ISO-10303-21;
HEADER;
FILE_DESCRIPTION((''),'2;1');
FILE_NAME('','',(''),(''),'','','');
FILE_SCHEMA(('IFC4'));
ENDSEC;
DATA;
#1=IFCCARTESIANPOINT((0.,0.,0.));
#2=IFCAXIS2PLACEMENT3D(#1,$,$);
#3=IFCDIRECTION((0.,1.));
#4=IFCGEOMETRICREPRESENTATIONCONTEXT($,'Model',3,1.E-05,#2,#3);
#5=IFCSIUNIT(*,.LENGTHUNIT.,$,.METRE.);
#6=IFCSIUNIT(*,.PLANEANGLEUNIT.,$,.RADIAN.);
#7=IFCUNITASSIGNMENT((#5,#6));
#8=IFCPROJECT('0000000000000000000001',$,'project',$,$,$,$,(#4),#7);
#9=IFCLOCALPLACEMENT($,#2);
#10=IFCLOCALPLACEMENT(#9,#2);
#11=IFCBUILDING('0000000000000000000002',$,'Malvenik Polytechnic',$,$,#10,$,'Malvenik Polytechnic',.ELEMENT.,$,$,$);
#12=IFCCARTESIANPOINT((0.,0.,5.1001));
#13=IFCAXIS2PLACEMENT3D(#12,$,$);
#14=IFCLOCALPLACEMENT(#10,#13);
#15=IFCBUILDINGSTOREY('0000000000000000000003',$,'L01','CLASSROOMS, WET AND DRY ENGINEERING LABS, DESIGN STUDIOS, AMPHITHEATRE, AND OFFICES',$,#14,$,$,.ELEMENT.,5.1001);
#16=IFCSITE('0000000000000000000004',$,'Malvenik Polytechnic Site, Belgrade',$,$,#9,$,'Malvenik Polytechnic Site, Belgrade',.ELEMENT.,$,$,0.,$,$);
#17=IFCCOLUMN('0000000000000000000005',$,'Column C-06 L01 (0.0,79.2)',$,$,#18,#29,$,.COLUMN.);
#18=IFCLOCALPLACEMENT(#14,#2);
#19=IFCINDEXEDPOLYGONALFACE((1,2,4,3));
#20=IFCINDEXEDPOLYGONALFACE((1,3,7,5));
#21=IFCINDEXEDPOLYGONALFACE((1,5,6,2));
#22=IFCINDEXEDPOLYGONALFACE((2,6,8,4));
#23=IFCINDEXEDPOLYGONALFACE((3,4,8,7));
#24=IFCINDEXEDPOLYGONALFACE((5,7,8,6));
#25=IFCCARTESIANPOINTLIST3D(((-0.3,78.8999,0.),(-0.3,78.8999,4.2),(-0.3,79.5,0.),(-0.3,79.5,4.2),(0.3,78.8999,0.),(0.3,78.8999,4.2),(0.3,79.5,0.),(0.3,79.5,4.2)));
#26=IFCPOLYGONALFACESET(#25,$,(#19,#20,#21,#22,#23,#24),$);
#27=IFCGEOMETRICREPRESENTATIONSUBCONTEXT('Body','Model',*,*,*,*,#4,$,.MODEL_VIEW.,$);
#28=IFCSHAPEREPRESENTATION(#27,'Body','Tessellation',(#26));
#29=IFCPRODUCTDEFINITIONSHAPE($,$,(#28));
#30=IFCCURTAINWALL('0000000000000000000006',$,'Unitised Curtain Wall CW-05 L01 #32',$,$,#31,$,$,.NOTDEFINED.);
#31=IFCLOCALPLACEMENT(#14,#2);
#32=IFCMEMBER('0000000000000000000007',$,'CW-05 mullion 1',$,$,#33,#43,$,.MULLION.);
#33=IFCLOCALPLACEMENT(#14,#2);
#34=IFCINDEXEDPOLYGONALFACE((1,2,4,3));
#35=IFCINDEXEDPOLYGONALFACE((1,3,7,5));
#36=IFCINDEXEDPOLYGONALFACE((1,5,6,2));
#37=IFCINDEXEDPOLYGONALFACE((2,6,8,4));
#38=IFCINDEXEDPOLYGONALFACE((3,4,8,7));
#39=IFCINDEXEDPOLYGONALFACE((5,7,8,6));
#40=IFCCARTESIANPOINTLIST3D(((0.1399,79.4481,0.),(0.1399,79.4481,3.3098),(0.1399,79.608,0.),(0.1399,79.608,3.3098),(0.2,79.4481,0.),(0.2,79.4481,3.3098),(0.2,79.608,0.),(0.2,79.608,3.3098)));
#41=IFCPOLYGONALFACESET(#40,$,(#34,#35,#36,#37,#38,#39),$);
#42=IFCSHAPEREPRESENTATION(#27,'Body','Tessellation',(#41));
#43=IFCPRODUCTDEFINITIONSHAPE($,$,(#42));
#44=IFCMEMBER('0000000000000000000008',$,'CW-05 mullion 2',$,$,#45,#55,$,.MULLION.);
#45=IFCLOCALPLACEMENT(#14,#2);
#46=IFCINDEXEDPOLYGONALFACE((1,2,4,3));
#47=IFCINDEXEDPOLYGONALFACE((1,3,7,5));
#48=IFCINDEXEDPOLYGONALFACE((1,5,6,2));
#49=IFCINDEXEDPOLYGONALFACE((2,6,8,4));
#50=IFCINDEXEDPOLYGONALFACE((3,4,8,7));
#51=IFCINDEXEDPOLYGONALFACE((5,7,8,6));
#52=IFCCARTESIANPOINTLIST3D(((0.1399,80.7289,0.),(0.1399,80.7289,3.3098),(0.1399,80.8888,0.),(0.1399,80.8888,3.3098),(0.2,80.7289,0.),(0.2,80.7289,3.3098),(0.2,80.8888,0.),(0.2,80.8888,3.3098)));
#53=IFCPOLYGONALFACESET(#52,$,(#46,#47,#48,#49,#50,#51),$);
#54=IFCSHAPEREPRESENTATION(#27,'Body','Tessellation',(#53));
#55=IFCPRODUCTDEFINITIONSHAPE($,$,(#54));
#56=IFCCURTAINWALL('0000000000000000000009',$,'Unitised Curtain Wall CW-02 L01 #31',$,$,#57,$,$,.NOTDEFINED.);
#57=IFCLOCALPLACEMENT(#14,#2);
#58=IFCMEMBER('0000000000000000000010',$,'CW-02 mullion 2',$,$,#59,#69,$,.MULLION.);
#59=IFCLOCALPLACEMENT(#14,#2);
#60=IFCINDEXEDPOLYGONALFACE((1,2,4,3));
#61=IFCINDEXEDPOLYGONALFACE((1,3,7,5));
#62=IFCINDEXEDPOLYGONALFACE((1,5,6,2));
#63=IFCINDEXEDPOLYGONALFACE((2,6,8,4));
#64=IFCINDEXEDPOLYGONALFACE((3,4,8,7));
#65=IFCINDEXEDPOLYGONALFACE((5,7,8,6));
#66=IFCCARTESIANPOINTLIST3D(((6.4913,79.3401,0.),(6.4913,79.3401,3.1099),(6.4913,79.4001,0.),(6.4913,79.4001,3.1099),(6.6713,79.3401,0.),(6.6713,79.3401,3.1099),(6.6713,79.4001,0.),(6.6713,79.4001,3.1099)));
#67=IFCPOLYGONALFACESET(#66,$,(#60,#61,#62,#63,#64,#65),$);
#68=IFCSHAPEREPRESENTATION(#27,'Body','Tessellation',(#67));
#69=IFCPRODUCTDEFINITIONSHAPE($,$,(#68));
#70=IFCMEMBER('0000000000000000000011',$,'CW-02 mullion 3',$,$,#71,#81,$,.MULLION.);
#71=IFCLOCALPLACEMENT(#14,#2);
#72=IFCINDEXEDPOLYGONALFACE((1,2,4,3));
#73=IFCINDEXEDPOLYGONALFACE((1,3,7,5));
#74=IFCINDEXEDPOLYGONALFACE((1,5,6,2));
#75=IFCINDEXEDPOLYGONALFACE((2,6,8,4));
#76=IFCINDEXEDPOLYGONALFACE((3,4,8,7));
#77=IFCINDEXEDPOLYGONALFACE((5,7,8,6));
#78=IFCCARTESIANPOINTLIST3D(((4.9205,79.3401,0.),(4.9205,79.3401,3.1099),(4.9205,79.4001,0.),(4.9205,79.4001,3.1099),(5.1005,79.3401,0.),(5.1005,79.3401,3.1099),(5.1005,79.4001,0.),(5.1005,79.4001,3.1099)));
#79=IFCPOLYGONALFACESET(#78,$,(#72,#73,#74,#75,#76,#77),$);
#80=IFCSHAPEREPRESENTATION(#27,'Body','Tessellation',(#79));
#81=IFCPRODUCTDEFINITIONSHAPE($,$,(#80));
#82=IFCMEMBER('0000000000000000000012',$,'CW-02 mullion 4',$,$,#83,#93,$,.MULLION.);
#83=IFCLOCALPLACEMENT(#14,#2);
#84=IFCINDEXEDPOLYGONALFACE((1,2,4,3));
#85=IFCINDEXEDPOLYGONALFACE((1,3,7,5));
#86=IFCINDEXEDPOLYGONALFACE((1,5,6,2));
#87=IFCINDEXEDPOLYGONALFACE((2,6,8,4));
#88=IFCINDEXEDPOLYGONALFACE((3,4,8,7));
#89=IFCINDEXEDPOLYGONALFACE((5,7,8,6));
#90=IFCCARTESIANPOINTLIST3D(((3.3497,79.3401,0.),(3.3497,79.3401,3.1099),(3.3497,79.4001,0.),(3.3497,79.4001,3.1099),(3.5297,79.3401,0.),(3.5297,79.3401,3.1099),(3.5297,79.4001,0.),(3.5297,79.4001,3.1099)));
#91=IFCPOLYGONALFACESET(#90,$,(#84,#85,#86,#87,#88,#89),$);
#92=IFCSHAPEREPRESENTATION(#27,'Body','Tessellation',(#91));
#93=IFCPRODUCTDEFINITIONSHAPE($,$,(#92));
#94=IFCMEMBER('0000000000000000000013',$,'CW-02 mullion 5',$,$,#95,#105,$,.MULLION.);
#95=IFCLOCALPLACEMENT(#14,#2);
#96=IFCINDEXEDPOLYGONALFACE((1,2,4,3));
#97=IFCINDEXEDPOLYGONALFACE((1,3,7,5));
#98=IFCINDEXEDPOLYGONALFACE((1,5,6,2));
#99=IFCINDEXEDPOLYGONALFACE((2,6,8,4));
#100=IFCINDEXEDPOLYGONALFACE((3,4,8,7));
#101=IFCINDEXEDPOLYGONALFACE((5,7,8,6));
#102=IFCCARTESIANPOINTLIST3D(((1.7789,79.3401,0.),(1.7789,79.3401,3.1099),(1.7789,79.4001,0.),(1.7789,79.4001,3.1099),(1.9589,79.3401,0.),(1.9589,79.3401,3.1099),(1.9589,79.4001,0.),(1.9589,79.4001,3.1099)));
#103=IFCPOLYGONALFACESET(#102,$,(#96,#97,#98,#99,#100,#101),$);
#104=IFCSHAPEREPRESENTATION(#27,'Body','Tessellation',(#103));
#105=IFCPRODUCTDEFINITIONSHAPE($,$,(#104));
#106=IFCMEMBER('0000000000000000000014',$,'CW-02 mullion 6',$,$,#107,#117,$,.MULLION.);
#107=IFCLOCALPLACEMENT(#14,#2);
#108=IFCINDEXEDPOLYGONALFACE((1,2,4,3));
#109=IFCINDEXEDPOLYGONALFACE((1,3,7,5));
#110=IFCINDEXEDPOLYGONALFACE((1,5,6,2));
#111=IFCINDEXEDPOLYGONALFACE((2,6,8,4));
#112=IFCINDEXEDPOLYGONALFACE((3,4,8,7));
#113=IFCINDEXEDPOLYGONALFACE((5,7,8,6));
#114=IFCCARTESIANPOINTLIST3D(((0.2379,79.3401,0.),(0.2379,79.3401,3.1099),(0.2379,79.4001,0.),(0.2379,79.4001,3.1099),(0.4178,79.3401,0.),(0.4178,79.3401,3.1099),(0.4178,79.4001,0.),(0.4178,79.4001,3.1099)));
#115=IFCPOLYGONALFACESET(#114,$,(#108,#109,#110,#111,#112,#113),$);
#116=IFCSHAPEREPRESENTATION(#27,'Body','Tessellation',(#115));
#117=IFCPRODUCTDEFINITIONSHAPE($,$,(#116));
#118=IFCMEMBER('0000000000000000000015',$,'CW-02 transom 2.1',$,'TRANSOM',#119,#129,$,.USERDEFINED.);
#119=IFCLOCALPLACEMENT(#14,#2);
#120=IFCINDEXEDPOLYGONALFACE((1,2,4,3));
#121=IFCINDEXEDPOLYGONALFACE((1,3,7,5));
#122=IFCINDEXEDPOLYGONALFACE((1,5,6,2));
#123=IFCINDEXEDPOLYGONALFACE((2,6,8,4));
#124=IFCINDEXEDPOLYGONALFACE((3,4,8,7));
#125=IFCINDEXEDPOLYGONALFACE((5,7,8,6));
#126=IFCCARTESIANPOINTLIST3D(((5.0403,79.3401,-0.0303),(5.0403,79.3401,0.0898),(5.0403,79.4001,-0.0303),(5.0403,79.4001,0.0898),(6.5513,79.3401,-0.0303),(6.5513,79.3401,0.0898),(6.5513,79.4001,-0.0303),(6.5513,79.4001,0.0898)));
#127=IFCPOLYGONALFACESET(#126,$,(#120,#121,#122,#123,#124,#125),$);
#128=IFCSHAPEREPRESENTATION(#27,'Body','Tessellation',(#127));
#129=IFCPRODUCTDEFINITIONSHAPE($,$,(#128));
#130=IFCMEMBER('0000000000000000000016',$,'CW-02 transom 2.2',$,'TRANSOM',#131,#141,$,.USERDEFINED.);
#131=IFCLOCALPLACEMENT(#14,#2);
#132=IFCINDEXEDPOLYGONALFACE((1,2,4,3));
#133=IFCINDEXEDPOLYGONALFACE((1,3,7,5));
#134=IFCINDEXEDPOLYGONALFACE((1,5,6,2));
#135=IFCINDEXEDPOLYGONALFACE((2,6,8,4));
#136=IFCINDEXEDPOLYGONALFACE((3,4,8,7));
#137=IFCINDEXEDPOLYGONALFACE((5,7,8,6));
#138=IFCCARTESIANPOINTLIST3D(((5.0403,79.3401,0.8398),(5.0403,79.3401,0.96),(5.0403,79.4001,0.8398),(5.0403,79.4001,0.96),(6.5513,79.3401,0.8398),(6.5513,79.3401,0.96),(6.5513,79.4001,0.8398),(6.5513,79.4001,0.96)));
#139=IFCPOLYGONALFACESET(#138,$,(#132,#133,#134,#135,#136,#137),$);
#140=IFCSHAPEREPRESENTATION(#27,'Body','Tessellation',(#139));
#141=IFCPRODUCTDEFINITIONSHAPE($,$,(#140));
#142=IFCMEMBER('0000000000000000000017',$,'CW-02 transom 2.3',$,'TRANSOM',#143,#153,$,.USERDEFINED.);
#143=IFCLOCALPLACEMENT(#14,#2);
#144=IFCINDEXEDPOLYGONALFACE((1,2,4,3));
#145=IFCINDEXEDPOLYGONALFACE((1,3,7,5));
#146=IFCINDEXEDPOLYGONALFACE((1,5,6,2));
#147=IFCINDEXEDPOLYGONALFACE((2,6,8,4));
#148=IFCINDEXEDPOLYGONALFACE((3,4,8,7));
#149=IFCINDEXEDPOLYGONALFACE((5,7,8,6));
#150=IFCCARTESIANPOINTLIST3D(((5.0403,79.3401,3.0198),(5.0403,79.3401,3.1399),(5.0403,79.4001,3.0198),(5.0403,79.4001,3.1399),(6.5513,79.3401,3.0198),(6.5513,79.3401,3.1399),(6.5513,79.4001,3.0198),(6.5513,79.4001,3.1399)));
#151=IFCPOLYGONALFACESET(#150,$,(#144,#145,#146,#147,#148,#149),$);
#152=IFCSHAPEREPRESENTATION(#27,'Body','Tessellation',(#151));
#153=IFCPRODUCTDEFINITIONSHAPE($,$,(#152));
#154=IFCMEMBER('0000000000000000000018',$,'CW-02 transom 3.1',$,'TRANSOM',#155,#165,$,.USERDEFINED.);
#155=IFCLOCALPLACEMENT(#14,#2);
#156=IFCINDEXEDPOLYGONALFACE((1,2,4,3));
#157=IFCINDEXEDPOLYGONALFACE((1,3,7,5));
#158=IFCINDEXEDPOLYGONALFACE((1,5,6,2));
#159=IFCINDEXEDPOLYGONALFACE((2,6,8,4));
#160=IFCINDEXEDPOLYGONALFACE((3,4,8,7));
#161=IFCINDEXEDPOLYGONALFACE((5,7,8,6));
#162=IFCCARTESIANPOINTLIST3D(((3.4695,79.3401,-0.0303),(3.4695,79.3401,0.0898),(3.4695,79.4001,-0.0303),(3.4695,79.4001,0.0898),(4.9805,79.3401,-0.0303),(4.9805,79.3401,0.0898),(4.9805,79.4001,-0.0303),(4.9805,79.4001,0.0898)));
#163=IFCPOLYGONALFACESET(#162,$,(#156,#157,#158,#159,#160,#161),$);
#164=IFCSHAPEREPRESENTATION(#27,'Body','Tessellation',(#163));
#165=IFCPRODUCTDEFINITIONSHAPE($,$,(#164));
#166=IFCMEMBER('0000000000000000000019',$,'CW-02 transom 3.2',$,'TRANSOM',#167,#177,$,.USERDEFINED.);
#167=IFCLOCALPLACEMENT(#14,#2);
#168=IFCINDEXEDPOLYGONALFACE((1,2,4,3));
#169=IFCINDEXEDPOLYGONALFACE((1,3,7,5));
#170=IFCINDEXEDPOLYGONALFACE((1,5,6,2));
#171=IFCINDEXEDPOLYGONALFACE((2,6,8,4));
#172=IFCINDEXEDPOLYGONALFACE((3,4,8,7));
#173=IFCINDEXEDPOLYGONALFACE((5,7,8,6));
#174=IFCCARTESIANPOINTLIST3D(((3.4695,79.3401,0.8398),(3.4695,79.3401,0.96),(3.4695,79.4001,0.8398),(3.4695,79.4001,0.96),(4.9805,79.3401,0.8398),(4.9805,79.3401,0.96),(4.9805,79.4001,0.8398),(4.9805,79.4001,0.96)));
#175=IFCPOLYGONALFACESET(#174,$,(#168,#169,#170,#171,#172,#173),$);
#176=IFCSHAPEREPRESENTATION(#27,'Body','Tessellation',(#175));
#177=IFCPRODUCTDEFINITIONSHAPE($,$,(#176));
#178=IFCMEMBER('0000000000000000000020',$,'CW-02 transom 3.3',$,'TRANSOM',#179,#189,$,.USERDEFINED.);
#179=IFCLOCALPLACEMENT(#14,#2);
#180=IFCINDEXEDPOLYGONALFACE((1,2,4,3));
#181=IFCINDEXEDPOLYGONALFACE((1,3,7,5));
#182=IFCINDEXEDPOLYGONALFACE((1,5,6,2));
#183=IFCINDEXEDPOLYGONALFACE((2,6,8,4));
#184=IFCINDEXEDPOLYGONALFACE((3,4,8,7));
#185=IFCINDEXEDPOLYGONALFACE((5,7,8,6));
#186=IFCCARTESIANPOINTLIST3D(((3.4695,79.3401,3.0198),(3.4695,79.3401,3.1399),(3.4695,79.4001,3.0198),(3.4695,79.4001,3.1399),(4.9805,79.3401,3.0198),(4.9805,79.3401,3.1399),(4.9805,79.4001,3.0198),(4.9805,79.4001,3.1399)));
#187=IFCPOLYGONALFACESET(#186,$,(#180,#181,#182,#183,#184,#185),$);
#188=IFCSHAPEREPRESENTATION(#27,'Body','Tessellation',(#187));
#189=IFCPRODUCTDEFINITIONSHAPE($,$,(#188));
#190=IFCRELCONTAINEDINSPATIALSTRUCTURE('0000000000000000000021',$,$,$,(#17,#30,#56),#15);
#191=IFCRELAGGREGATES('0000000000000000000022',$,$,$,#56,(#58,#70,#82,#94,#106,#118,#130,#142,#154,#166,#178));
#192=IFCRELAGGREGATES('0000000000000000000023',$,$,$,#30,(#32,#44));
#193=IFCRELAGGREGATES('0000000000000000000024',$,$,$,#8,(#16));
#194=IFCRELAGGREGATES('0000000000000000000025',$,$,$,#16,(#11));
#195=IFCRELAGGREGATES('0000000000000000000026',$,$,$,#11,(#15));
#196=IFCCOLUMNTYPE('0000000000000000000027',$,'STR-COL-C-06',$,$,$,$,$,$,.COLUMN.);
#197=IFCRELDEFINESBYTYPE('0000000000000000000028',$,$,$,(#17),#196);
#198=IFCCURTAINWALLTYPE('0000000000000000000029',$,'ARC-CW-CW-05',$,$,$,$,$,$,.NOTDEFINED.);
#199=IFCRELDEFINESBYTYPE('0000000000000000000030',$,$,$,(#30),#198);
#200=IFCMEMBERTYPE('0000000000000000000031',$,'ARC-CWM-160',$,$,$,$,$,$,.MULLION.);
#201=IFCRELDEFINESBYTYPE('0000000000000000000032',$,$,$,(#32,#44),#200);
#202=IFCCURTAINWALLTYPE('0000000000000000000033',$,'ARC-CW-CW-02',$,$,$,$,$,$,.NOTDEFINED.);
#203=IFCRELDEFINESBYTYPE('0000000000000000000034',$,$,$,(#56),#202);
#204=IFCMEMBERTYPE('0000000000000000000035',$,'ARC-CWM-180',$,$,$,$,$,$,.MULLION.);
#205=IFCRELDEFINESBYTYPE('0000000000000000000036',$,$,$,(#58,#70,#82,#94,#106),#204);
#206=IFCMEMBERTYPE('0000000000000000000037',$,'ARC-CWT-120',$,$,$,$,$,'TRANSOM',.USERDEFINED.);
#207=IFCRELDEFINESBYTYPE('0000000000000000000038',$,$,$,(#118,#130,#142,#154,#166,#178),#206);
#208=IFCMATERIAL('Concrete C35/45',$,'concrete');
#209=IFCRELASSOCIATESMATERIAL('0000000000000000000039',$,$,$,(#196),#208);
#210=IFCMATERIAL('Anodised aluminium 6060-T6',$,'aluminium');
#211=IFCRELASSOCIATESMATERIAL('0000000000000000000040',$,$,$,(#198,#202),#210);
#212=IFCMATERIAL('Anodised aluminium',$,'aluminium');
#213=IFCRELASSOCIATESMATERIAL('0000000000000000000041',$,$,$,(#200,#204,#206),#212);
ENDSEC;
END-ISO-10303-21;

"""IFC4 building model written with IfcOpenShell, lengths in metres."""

from ifc_helpers import new_model, si_unit, direction, frame, origin, origin_2d, place, context, subcontext, project, spatial, rectangle, extrude, material, material_profile, profile_set, type_object, element, aggregate, save


model = new_model("IFC4")

# Units and contexts
model_context = context("Model", 3, precision=1e-05, world=origin(), true_north=direction((0.0, 1.0)))
body_context = subcontext(model_context, "Body", "Model", "MODEL_VIEW")
ifc_project = project(units=[si_unit("LENGTHUNIT", "METRE"), si_unit("PLANEANGLEUNIT", "RADIAN")], contexts=[model_context])

# Site, building, storey
site_placement = place(None, origin())
site = spatial("IfcSite", under=ifc_project, at=site_placement, Name="Malvenik Polytechnic Site, Belgrade", LongName="Malvenik Polytechnic Site, Belgrade", CompositionType="ELEMENT", RefElevation=0.0)
building_placement = place(site_placement, origin())
building = spatial("IfcBuilding", under=site, at=building_placement, Name="Malvenik Polytechnic", LongName="Malvenik Polytechnic", CompositionType="ELEMENT")
storey_placement = place(building_placement, frame((0.0, 0.0, 5.1001)))
storey = spatial("IfcBuildingStorey", under=building, at=storey_placement, Name="L01", Description="CLASSROOMS, WET AND DRY ENGINEERING LABS, DESIGN STUDIOS, AMPHITHEATRE, AND OFFICES", CompositionType="ELEMENT", Elevation=5.1001)

# Column
ifc_material_1 = material(Name="Concrete C35/45", Category="concrete")
ifc_material_profile_1 = material_profile(ifc_material_1, rectangle(XDim=0.6001, YDim=0.6001, at=origin_2d()), Name="RC COL 600x600")
ifc_profile_set_1 = profile_set([ifc_material_profile_1], Name="Concrete C35/45")
column_type = type_object("IfcColumnType", Name="STR-COL-C-06", PredefinedType="COLUMN", material=ifc_profile_set_1)
column_placement = place(storey_placement, frame((0.0, 79.2, 0.0), z_axis=(0.0, 0.0, 1.0), x_axis=(1.0, 0.0, 0.0)))
element("IfcColumn", 1, at=column_placement, inside=storey, type_object=column_type, Name="Column C-06 L01 (0.0,79.2)", PredefinedType="COLUMN", context=body_context, shape_type="SweptSolid", body=[
    extrude(rectangle(XDim=0.6001, YDim=0.6001, at=origin_2d()), origin(), (0.0, 0.0, 1.0), 4.2),
])

# Curtain walls, members
ifc_material_2 = material(Name="Anodised aluminium 6060-T6", Category="aluminium")
curtain_wall_type_1 = type_object("IfcCurtainWallType", Name="ARC-CW-CW-05", PredefinedType="NOTDEFINED", material=ifc_material_2)
curtain_wall_1_placement = place(storey_placement, origin())
curtain_wall_1 = element("IfcCurtainWall", 2, at=curtain_wall_1_placement, inside=storey, type_object=curtain_wall_type_1, Name="Unitised Curtain Wall CW-05 L01 #32", PredefinedType="NOTDEFINED")
ifc_material_3 = material(Name="Anodised aluminium", Category="aluminium")
ifc_material_profile_2 = material_profile(ifc_material_3, rectangle(XDim=0.0601, YDim=0.1599, at=origin_2d()), Name="ALU MULLION 60x160")
ifc_profile_set_2 = profile_set([ifc_material_profile_2], Name="Anodised aluminium")
member_type_1 = type_object("IfcMemberType", Name="ARC-CWM-160", PredefinedType="MULLION", material=ifc_profile_set_2)
member_1_placement = place(storey_placement, frame((0.1699, 79.5281, 0.0), z_axis=(0.0, 0.0, 1.0), x_axis=(-1.0, 0.0, 0.0)))
member_1 = element("IfcMember", 3, at=member_1_placement, type_object=member_type_1, Name="CW-05 mullion 1", PredefinedType="MULLION", context=body_context, shape_type="SweptSolid", body=[
    extrude(rectangle(XDim=0.0601, YDim=0.1599, at=origin_2d()), origin(), (0.0, 0.0, 1.0), 3.3098),
])
member_2_placement = place(storey_placement, frame((0.1699, 80.8088, 0.0), z_axis=(0.0, 0.0, 1.0), x_axis=(-1.0, 0.0, 0.0)))
member_2 = element("IfcMember", 4, at=member_2_placement, type_object=member_type_1, Name="CW-05 mullion 2", PredefinedType="MULLION", context=body_context, shape_type="SweptSolid", body=[
    extrude(rectangle(XDim=0.0601, YDim=0.1599, at=origin_2d()), origin(), (0.0, 0.0, 1.0), 3.3098),
])
curtain_wall_type_2 = type_object("IfcCurtainWallType", Name="ARC-CW-CW-02", PredefinedType="NOTDEFINED", material=ifc_material_2)
curtain_wall_2_placement = place(storey_placement, origin())
curtain_wall_2 = element("IfcCurtainWall", 5, at=curtain_wall_2_placement, inside=storey, type_object=curtain_wall_type_2, Name="Unitised Curtain Wall CW-02 L01 #31", PredefinedType="NOTDEFINED")
ifc_material_profile_3 = material_profile(ifc_material_3, rectangle(XDim=0.0601, YDim=0.1799, at=origin_2d()), Name="ALU MULLION 60x180")
ifc_profile_set_3 = profile_set([ifc_material_profile_3], Name="Anodised aluminium")
member_type_2 = type_object("IfcMemberType", Name="ARC-CWM-180", PredefinedType="MULLION", material=ifc_profile_set_3)
member_3_placement = place(storey_placement, frame((6.5813, 79.3701, 0.0), z_axis=(0.0, 0.0, 1.0), x_axis=(0.0, -1.0, 0.0)))
member_3 = element("IfcMember", 6, at=member_3_placement, type_object=member_type_2, Name="CW-02 mullion 2", PredefinedType="MULLION", context=body_context, shape_type="SweptSolid", body=[
    extrude(rectangle(XDim=0.0601, YDim=0.1799, at=origin_2d()), origin(), (0.0, 0.0, 1.0), 3.1099),
])
member_4_placement = place(storey_placement, frame((5.0105, 79.3701, 0.0), z_axis=(0.0, 0.0, 1.0), x_axis=(0.0, -1.0, 0.0)))
member_4 = element("IfcMember", 7, at=member_4_placement, type_object=member_type_2, Name="CW-02 mullion 3", PredefinedType="MULLION", context=body_context, shape_type="SweptSolid", body=[
    extrude(rectangle(XDim=0.0601, YDim=0.1799, at=origin_2d()), origin(), (0.0, 0.0, 1.0), 3.1099),
])
member_5_placement = place(storey_placement, frame((3.4397, 79.3701, 0.0), z_axis=(0.0, 0.0, 1.0), x_axis=(0.0, -1.0, 0.0)))
member_5 = element("IfcMember", 8, at=member_5_placement, type_object=member_type_2, Name="CW-02 mullion 4", PredefinedType="MULLION", context=body_context, shape_type="SweptSolid", body=[
    extrude(rectangle(XDim=0.0601, YDim=0.1799, at=origin_2d()), origin(), (0.0, 0.0, 1.0), 3.1099),
])
member_6_placement = place(storey_placement, frame((1.8689, 79.3701, 0.0), z_axis=(0.0, 0.0, 1.0), x_axis=(0.0, -1.0, 0.0)))
member_6 = element("IfcMember", 9, at=member_6_placement, type_object=member_type_2, Name="CW-02 mullion 5", PredefinedType="MULLION", context=body_context, shape_type="SweptSolid", body=[
    extrude(rectangle(XDim=0.0601, YDim=0.1799, at=origin_2d()), origin(), (0.0, 0.0, 1.0), 3.1099),
])
member_7_placement = place(storey_placement, frame((0.3279, 79.3701, 0.0), z_axis=(0.0, 0.0, 1.0), x_axis=(0.0, -1.0, 0.0)))
member_7 = element("IfcMember", 10, at=member_7_placement, type_object=member_type_2, Name="CW-02 mullion 6", PredefinedType="MULLION", context=body_context, shape_type="SweptSolid", body=[
    extrude(rectangle(XDim=0.0601, YDim=0.1799, at=origin_2d()), origin(), (0.0, 0.0, 1.0), 3.1099),
])
ifc_material_profile_4 = material_profile(ifc_material_3, rectangle(XDim=0.0601, YDim=0.1201, at=origin_2d()), Name="ALU TRANSOM 60x120")
ifc_profile_set_4 = profile_set([ifc_material_profile_4], Name="Anodised aluminium")
member_type_3 = type_object("IfcMemberType", Name="ARC-CWT-120", ElementType="TRANSOM", PredefinedType="USERDEFINED", material=ifc_profile_set_4)
member_8_placement = place(storey_placement, frame((6.5513, 79.3701, 0.0298), z_axis=(-1.0, 0.0, 0.0), x_axis=(0.0, -1.0, 0.0)))
member_8 = element("IfcMember", 11, at=member_8_placement, type_object=member_type_3, Name="CW-02 transom 2.1", ObjectType="TRANSOM", PredefinedType="USERDEFINED", context=body_context, shape_type="SweptSolid", body=[
    extrude(rectangle(XDim=0.0601, YDim=0.1201, at=origin_2d()), origin(), (0.0, 0.0, 1.0), 1.511),
])
member_9_placement = place(storey_placement, frame((6.5513, 79.3701, 0.8999), z_axis=(-1.0, 0.0, 0.0), x_axis=(0.0, -1.0, 0.0)))
member_9 = element("IfcMember", 12, at=member_9_placement, type_object=member_type_3, Name="CW-02 transom 2.2", ObjectType="TRANSOM", PredefinedType="USERDEFINED", context=body_context, shape_type="SweptSolid", body=[
    extrude(rectangle(XDim=0.0601, YDim=0.1201, at=origin_2d()), origin(), (0.0, 0.0, 1.0), 1.511),
])
member_10_placement = place(storey_placement, frame((6.5513, 79.3701, 3.0798), z_axis=(-1.0, 0.0, 0.0), x_axis=(0.0, -1.0, 0.0)))
member_10 = element("IfcMember", 13, at=member_10_placement, type_object=member_type_3, Name="CW-02 transom 2.3", ObjectType="TRANSOM", PredefinedType="USERDEFINED", context=body_context, shape_type="SweptSolid", body=[
    extrude(rectangle(XDim=0.0601, YDim=0.1201, at=origin_2d()), origin(), (0.0, 0.0, 1.0), 1.511),
])
member_11_placement = place(storey_placement, frame((4.9805, 79.3701, 0.0298), z_axis=(-1.0, 0.0, 0.0), x_axis=(0.0, -1.0, 0.0)))
member_11 = element("IfcMember", 14, at=member_11_placement, type_object=member_type_3, Name="CW-02 transom 3.1", ObjectType="TRANSOM", PredefinedType="USERDEFINED", context=body_context, shape_type="SweptSolid", body=[
    extrude(rectangle(XDim=0.0601, YDim=0.1201, at=origin_2d()), origin(), (0.0, 0.0, 1.0), 1.511),
])
member_12_placement = place(storey_placement, frame((4.9805, 79.3701, 0.8999), z_axis=(-1.0, 0.0, 0.0), x_axis=(0.0, -1.0, 0.0)))
member_12 = element("IfcMember", 15, at=member_12_placement, type_object=member_type_3, Name="CW-02 transom 3.2", ObjectType="TRANSOM", PredefinedType="USERDEFINED", context=body_context, shape_type="SweptSolid", body=[
    extrude(rectangle(XDim=0.0601, YDim=0.1201, at=origin_2d()), origin(), (0.0, 0.0, 1.0), 1.511),
])
member_13_placement = place(storey_placement, frame((4.9805, 79.3701, 3.0798), z_axis=(-1.0, 0.0, 0.0), x_axis=(0.0, -1.0, 0.0)))
member_13 = element("IfcMember", 16, at=member_13_placement, type_object=member_type_3, Name="CW-02 transom 3.3", ObjectType="TRANSOM", PredefinedType="USERDEFINED", context=body_context, shape_type="SweptSolid", body=[
    extrude(rectangle(XDim=0.0601, YDim=0.1201, at=origin_2d()), origin(), (0.0, 0.0, 1.0), 1.511),
])

aggregate(curtain_wall_2, [member_3, member_4, member_5, member_6, member_7, member_8, member_9, member_10, member_11, member_12, member_13])
aggregate(curtain_wall_1, [member_1, member_2])

save(model, "model.ifc")
